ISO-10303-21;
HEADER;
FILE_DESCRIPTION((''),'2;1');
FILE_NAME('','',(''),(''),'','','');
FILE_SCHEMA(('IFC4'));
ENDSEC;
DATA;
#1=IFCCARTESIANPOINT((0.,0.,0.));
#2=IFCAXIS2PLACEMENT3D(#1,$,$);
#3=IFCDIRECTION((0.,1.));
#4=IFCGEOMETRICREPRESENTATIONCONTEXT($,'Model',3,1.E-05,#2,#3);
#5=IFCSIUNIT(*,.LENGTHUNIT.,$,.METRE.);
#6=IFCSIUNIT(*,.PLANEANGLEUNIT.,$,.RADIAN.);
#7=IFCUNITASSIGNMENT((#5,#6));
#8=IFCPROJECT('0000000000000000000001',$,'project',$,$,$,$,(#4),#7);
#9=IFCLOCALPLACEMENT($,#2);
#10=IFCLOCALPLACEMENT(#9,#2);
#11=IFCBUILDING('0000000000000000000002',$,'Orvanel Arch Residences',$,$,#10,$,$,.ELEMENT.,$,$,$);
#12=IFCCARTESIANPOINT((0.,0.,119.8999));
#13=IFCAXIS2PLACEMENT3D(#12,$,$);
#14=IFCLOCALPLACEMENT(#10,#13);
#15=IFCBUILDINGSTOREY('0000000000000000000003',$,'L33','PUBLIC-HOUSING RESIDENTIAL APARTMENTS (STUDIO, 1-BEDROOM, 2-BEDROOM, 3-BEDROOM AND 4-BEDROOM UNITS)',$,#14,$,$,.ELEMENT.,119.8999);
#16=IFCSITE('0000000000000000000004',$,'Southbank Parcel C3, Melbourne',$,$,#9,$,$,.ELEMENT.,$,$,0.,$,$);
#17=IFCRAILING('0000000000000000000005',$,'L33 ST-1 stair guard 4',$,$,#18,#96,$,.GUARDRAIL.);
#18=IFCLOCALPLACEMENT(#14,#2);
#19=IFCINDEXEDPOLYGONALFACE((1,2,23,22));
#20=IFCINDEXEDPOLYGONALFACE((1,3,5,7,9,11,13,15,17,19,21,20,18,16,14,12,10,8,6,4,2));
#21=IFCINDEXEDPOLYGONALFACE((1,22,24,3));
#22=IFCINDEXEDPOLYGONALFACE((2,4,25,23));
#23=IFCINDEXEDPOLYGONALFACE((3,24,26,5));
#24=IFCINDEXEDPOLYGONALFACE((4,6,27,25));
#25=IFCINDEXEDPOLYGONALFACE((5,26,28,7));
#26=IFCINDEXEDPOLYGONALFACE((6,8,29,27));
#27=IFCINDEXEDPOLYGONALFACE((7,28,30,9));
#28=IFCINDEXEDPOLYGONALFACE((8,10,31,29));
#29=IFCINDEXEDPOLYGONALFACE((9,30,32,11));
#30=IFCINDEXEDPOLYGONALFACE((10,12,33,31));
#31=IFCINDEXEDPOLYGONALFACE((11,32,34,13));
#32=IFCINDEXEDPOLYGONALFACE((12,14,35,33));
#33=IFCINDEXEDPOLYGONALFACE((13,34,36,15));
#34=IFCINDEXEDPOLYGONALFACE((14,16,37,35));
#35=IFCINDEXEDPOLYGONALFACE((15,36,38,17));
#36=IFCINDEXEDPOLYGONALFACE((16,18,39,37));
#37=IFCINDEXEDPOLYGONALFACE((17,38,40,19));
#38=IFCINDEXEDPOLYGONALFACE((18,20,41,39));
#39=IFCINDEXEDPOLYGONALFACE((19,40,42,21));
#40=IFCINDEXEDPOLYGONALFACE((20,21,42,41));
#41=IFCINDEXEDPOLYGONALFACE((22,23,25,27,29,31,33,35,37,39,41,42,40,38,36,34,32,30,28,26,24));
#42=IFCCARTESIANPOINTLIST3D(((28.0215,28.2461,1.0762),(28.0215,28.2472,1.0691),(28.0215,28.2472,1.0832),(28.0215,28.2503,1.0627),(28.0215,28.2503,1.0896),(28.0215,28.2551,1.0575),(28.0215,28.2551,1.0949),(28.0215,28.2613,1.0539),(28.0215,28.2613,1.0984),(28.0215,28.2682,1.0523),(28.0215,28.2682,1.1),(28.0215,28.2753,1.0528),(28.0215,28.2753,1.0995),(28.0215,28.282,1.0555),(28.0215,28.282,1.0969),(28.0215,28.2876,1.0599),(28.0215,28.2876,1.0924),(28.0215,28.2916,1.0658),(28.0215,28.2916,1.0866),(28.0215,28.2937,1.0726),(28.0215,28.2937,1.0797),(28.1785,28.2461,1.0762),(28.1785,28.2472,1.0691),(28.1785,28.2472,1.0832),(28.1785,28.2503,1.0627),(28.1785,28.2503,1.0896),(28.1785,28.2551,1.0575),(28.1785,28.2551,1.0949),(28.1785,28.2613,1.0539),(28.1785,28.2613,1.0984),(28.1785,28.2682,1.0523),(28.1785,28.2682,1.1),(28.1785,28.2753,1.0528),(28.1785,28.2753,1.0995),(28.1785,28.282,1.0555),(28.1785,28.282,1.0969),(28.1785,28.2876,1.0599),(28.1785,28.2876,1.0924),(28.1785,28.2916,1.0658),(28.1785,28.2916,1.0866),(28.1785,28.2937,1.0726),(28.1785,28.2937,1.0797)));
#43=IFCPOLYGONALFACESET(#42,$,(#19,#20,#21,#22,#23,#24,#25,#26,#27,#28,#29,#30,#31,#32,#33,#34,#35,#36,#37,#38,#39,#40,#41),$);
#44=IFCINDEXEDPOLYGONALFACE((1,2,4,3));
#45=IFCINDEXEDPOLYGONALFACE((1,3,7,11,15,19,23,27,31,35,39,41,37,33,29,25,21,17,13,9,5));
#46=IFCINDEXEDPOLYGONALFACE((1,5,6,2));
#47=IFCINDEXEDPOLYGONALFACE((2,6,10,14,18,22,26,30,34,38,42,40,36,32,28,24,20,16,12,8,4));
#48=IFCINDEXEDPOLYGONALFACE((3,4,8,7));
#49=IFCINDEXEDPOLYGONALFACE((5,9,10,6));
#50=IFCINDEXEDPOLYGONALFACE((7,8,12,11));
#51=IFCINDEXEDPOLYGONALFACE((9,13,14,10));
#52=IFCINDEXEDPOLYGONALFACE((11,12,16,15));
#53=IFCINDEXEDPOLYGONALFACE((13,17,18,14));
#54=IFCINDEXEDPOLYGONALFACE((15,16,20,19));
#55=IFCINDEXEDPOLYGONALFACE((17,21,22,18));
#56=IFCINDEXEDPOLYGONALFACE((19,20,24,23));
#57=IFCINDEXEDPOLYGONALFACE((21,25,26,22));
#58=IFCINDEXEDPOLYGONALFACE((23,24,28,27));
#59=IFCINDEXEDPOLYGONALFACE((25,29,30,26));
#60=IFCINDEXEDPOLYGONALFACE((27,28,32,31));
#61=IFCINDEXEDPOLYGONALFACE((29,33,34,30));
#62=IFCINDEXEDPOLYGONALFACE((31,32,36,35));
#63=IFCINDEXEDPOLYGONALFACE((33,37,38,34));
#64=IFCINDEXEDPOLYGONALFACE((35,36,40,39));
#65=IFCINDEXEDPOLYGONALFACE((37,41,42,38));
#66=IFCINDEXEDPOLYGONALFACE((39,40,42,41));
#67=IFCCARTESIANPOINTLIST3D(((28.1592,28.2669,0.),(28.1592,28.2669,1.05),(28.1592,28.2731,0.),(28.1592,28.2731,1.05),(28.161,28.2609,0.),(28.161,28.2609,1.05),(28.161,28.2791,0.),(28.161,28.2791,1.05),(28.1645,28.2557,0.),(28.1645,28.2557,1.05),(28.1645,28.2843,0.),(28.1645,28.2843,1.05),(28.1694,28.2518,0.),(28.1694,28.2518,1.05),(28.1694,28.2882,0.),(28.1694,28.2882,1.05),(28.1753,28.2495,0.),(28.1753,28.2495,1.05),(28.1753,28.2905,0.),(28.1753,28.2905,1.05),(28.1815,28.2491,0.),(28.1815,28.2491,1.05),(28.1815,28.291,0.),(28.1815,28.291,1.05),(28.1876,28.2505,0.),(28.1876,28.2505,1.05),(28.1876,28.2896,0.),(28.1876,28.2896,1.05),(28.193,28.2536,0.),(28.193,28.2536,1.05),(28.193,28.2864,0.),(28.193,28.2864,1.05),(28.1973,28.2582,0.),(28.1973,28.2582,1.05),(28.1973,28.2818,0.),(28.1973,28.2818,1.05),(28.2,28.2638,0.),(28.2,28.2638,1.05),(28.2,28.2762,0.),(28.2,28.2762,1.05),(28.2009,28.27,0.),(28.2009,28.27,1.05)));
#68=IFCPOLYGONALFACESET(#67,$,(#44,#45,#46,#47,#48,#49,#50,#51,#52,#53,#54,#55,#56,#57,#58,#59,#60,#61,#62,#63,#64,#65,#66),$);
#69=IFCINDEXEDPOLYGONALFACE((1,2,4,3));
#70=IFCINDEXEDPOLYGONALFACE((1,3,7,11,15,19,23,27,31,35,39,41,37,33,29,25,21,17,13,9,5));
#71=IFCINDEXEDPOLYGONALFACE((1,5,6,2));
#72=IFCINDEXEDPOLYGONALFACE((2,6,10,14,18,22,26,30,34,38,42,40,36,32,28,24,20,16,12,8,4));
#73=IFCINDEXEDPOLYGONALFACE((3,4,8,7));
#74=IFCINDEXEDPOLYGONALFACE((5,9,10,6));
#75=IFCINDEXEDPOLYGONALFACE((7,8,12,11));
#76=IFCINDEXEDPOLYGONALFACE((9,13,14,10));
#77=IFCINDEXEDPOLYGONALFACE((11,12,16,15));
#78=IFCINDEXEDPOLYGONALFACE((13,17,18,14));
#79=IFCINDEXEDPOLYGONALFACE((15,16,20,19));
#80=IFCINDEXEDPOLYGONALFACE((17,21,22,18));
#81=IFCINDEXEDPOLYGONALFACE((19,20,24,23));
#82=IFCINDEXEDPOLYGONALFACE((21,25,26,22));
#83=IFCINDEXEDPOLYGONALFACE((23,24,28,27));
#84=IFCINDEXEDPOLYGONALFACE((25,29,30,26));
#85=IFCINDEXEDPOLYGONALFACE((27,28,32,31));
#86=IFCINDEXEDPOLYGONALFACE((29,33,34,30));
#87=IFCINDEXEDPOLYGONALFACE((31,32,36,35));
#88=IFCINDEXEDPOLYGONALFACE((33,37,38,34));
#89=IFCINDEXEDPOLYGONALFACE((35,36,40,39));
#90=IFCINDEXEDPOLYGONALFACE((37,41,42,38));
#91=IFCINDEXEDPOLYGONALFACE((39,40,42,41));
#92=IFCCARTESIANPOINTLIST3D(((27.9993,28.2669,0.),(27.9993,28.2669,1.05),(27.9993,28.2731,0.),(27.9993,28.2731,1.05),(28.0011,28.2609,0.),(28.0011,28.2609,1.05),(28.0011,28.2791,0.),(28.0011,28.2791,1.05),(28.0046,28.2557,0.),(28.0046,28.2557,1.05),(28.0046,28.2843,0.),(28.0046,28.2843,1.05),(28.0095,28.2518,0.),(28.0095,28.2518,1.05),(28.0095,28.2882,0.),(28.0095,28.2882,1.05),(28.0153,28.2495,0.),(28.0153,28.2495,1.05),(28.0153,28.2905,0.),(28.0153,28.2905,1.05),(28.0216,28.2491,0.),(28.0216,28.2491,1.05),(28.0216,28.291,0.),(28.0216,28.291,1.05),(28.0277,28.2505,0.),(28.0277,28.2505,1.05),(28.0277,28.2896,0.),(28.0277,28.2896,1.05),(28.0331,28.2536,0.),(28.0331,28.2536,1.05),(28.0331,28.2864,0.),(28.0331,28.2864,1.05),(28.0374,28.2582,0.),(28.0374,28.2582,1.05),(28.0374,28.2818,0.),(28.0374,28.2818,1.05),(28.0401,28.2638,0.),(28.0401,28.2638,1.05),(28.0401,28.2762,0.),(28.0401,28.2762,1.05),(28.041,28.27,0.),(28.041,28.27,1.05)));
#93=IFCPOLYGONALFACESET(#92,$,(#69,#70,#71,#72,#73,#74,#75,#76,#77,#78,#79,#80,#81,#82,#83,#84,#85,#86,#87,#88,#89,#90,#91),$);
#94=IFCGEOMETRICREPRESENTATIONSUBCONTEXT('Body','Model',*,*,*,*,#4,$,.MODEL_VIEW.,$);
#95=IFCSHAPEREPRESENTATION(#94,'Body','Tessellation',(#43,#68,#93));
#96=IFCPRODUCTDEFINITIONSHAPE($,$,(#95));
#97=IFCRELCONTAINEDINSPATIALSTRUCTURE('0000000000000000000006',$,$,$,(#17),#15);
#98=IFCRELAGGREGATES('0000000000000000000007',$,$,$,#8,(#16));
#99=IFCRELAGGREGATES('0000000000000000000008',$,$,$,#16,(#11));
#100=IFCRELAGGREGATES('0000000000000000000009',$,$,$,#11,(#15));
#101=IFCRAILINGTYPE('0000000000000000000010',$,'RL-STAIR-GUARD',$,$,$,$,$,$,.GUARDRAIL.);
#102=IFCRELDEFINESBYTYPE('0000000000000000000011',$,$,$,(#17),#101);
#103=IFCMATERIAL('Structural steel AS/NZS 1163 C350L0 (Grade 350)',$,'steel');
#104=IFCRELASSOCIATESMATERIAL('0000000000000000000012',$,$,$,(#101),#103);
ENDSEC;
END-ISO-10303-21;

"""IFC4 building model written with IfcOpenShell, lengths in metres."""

from ifc_helpers import new_model, si_unit, direction, frame, origin, origin_2d, place, context, subcontext, project, spatial, circle, extrude, material, type_object, element, save


model = new_model("IFC4")

# Units and contexts
model_context = context("Model", 3, precision=1e-05, world=origin(), true_north=direction((0.0, 1.0)))
body_context = subcontext(model_context, "Body", "Model", "MODEL_VIEW")
ifc_project = project(units=[si_unit("LENGTHUNIT", "METRE"), si_unit("PLANEANGLEUNIT", "RADIAN")], contexts=[model_context])

# Site, building, storey
site_placement = place(None, origin())
site = spatial("IfcSite", under=ifc_project, at=site_placement, Name="Southbank Parcel C3, Melbourne", CompositionType="ELEMENT", RefElevation=0.0)
building_placement = place(site_placement, origin())
building = spatial("IfcBuilding", under=site, at=building_placement, Name="Orvanel Arch Residences", CompositionType="ELEMENT")
storey_placement = place(building_placement, frame((0.0, 0.0, 119.8999)))
storey = spatial("IfcBuildingStorey", under=building, at=storey_placement, Name="L33", Description="PUBLIC-HOUSING RESIDENTIAL APARTMENTS (STUDIO, 1-BEDROOM, 2-BEDROOM, 3-BEDROOM AND 4-BEDROOM UNITS)", CompositionType="ELEMENT", Elevation=119.8999)

# Railing
ifc_material_1 = material(Name="Structural steel AS/NZS 1163 C350L0 (Grade 350)", Category="steel")
railing_type_1 = type_object("IfcRailingType", Name="RL-STAIR-GUARD", PredefinedType="GUARDRAIL", material=ifc_material_1)
railing_1_placement = place(storey_placement, frame((28.1799, 28.27, 0.0)))
element("IfcRailing", 1, at=railing_1_placement, inside=storey, type_object=railing_type_1, Name="L33 ST-1 stair guard 4", PredefinedType="GUARDRAIL", context=body_context, shape_type="SweptSolid", body=[
    extrude(circle(Radius=0.0239, at=origin_2d()), frame((-0.0015, 0.0, 1.0762), z_axis=(-1.0, 0.0, 0.0), x_axis=(0.0, -1.0, 0.0)), (0.0, 0.0, 1.0), 0.157),
    extrude(circle(Radius=0.021, at=origin_2d()), origin(), (0.0, 0.0, 1.0), 1.05),
    extrude(circle(Radius=0.021, at=origin_2d()), frame((-0.1599, 0.0, 0.0)), (0.0, 0.0, 1.0), 1.05),
])

save(model, "model.ifc")
